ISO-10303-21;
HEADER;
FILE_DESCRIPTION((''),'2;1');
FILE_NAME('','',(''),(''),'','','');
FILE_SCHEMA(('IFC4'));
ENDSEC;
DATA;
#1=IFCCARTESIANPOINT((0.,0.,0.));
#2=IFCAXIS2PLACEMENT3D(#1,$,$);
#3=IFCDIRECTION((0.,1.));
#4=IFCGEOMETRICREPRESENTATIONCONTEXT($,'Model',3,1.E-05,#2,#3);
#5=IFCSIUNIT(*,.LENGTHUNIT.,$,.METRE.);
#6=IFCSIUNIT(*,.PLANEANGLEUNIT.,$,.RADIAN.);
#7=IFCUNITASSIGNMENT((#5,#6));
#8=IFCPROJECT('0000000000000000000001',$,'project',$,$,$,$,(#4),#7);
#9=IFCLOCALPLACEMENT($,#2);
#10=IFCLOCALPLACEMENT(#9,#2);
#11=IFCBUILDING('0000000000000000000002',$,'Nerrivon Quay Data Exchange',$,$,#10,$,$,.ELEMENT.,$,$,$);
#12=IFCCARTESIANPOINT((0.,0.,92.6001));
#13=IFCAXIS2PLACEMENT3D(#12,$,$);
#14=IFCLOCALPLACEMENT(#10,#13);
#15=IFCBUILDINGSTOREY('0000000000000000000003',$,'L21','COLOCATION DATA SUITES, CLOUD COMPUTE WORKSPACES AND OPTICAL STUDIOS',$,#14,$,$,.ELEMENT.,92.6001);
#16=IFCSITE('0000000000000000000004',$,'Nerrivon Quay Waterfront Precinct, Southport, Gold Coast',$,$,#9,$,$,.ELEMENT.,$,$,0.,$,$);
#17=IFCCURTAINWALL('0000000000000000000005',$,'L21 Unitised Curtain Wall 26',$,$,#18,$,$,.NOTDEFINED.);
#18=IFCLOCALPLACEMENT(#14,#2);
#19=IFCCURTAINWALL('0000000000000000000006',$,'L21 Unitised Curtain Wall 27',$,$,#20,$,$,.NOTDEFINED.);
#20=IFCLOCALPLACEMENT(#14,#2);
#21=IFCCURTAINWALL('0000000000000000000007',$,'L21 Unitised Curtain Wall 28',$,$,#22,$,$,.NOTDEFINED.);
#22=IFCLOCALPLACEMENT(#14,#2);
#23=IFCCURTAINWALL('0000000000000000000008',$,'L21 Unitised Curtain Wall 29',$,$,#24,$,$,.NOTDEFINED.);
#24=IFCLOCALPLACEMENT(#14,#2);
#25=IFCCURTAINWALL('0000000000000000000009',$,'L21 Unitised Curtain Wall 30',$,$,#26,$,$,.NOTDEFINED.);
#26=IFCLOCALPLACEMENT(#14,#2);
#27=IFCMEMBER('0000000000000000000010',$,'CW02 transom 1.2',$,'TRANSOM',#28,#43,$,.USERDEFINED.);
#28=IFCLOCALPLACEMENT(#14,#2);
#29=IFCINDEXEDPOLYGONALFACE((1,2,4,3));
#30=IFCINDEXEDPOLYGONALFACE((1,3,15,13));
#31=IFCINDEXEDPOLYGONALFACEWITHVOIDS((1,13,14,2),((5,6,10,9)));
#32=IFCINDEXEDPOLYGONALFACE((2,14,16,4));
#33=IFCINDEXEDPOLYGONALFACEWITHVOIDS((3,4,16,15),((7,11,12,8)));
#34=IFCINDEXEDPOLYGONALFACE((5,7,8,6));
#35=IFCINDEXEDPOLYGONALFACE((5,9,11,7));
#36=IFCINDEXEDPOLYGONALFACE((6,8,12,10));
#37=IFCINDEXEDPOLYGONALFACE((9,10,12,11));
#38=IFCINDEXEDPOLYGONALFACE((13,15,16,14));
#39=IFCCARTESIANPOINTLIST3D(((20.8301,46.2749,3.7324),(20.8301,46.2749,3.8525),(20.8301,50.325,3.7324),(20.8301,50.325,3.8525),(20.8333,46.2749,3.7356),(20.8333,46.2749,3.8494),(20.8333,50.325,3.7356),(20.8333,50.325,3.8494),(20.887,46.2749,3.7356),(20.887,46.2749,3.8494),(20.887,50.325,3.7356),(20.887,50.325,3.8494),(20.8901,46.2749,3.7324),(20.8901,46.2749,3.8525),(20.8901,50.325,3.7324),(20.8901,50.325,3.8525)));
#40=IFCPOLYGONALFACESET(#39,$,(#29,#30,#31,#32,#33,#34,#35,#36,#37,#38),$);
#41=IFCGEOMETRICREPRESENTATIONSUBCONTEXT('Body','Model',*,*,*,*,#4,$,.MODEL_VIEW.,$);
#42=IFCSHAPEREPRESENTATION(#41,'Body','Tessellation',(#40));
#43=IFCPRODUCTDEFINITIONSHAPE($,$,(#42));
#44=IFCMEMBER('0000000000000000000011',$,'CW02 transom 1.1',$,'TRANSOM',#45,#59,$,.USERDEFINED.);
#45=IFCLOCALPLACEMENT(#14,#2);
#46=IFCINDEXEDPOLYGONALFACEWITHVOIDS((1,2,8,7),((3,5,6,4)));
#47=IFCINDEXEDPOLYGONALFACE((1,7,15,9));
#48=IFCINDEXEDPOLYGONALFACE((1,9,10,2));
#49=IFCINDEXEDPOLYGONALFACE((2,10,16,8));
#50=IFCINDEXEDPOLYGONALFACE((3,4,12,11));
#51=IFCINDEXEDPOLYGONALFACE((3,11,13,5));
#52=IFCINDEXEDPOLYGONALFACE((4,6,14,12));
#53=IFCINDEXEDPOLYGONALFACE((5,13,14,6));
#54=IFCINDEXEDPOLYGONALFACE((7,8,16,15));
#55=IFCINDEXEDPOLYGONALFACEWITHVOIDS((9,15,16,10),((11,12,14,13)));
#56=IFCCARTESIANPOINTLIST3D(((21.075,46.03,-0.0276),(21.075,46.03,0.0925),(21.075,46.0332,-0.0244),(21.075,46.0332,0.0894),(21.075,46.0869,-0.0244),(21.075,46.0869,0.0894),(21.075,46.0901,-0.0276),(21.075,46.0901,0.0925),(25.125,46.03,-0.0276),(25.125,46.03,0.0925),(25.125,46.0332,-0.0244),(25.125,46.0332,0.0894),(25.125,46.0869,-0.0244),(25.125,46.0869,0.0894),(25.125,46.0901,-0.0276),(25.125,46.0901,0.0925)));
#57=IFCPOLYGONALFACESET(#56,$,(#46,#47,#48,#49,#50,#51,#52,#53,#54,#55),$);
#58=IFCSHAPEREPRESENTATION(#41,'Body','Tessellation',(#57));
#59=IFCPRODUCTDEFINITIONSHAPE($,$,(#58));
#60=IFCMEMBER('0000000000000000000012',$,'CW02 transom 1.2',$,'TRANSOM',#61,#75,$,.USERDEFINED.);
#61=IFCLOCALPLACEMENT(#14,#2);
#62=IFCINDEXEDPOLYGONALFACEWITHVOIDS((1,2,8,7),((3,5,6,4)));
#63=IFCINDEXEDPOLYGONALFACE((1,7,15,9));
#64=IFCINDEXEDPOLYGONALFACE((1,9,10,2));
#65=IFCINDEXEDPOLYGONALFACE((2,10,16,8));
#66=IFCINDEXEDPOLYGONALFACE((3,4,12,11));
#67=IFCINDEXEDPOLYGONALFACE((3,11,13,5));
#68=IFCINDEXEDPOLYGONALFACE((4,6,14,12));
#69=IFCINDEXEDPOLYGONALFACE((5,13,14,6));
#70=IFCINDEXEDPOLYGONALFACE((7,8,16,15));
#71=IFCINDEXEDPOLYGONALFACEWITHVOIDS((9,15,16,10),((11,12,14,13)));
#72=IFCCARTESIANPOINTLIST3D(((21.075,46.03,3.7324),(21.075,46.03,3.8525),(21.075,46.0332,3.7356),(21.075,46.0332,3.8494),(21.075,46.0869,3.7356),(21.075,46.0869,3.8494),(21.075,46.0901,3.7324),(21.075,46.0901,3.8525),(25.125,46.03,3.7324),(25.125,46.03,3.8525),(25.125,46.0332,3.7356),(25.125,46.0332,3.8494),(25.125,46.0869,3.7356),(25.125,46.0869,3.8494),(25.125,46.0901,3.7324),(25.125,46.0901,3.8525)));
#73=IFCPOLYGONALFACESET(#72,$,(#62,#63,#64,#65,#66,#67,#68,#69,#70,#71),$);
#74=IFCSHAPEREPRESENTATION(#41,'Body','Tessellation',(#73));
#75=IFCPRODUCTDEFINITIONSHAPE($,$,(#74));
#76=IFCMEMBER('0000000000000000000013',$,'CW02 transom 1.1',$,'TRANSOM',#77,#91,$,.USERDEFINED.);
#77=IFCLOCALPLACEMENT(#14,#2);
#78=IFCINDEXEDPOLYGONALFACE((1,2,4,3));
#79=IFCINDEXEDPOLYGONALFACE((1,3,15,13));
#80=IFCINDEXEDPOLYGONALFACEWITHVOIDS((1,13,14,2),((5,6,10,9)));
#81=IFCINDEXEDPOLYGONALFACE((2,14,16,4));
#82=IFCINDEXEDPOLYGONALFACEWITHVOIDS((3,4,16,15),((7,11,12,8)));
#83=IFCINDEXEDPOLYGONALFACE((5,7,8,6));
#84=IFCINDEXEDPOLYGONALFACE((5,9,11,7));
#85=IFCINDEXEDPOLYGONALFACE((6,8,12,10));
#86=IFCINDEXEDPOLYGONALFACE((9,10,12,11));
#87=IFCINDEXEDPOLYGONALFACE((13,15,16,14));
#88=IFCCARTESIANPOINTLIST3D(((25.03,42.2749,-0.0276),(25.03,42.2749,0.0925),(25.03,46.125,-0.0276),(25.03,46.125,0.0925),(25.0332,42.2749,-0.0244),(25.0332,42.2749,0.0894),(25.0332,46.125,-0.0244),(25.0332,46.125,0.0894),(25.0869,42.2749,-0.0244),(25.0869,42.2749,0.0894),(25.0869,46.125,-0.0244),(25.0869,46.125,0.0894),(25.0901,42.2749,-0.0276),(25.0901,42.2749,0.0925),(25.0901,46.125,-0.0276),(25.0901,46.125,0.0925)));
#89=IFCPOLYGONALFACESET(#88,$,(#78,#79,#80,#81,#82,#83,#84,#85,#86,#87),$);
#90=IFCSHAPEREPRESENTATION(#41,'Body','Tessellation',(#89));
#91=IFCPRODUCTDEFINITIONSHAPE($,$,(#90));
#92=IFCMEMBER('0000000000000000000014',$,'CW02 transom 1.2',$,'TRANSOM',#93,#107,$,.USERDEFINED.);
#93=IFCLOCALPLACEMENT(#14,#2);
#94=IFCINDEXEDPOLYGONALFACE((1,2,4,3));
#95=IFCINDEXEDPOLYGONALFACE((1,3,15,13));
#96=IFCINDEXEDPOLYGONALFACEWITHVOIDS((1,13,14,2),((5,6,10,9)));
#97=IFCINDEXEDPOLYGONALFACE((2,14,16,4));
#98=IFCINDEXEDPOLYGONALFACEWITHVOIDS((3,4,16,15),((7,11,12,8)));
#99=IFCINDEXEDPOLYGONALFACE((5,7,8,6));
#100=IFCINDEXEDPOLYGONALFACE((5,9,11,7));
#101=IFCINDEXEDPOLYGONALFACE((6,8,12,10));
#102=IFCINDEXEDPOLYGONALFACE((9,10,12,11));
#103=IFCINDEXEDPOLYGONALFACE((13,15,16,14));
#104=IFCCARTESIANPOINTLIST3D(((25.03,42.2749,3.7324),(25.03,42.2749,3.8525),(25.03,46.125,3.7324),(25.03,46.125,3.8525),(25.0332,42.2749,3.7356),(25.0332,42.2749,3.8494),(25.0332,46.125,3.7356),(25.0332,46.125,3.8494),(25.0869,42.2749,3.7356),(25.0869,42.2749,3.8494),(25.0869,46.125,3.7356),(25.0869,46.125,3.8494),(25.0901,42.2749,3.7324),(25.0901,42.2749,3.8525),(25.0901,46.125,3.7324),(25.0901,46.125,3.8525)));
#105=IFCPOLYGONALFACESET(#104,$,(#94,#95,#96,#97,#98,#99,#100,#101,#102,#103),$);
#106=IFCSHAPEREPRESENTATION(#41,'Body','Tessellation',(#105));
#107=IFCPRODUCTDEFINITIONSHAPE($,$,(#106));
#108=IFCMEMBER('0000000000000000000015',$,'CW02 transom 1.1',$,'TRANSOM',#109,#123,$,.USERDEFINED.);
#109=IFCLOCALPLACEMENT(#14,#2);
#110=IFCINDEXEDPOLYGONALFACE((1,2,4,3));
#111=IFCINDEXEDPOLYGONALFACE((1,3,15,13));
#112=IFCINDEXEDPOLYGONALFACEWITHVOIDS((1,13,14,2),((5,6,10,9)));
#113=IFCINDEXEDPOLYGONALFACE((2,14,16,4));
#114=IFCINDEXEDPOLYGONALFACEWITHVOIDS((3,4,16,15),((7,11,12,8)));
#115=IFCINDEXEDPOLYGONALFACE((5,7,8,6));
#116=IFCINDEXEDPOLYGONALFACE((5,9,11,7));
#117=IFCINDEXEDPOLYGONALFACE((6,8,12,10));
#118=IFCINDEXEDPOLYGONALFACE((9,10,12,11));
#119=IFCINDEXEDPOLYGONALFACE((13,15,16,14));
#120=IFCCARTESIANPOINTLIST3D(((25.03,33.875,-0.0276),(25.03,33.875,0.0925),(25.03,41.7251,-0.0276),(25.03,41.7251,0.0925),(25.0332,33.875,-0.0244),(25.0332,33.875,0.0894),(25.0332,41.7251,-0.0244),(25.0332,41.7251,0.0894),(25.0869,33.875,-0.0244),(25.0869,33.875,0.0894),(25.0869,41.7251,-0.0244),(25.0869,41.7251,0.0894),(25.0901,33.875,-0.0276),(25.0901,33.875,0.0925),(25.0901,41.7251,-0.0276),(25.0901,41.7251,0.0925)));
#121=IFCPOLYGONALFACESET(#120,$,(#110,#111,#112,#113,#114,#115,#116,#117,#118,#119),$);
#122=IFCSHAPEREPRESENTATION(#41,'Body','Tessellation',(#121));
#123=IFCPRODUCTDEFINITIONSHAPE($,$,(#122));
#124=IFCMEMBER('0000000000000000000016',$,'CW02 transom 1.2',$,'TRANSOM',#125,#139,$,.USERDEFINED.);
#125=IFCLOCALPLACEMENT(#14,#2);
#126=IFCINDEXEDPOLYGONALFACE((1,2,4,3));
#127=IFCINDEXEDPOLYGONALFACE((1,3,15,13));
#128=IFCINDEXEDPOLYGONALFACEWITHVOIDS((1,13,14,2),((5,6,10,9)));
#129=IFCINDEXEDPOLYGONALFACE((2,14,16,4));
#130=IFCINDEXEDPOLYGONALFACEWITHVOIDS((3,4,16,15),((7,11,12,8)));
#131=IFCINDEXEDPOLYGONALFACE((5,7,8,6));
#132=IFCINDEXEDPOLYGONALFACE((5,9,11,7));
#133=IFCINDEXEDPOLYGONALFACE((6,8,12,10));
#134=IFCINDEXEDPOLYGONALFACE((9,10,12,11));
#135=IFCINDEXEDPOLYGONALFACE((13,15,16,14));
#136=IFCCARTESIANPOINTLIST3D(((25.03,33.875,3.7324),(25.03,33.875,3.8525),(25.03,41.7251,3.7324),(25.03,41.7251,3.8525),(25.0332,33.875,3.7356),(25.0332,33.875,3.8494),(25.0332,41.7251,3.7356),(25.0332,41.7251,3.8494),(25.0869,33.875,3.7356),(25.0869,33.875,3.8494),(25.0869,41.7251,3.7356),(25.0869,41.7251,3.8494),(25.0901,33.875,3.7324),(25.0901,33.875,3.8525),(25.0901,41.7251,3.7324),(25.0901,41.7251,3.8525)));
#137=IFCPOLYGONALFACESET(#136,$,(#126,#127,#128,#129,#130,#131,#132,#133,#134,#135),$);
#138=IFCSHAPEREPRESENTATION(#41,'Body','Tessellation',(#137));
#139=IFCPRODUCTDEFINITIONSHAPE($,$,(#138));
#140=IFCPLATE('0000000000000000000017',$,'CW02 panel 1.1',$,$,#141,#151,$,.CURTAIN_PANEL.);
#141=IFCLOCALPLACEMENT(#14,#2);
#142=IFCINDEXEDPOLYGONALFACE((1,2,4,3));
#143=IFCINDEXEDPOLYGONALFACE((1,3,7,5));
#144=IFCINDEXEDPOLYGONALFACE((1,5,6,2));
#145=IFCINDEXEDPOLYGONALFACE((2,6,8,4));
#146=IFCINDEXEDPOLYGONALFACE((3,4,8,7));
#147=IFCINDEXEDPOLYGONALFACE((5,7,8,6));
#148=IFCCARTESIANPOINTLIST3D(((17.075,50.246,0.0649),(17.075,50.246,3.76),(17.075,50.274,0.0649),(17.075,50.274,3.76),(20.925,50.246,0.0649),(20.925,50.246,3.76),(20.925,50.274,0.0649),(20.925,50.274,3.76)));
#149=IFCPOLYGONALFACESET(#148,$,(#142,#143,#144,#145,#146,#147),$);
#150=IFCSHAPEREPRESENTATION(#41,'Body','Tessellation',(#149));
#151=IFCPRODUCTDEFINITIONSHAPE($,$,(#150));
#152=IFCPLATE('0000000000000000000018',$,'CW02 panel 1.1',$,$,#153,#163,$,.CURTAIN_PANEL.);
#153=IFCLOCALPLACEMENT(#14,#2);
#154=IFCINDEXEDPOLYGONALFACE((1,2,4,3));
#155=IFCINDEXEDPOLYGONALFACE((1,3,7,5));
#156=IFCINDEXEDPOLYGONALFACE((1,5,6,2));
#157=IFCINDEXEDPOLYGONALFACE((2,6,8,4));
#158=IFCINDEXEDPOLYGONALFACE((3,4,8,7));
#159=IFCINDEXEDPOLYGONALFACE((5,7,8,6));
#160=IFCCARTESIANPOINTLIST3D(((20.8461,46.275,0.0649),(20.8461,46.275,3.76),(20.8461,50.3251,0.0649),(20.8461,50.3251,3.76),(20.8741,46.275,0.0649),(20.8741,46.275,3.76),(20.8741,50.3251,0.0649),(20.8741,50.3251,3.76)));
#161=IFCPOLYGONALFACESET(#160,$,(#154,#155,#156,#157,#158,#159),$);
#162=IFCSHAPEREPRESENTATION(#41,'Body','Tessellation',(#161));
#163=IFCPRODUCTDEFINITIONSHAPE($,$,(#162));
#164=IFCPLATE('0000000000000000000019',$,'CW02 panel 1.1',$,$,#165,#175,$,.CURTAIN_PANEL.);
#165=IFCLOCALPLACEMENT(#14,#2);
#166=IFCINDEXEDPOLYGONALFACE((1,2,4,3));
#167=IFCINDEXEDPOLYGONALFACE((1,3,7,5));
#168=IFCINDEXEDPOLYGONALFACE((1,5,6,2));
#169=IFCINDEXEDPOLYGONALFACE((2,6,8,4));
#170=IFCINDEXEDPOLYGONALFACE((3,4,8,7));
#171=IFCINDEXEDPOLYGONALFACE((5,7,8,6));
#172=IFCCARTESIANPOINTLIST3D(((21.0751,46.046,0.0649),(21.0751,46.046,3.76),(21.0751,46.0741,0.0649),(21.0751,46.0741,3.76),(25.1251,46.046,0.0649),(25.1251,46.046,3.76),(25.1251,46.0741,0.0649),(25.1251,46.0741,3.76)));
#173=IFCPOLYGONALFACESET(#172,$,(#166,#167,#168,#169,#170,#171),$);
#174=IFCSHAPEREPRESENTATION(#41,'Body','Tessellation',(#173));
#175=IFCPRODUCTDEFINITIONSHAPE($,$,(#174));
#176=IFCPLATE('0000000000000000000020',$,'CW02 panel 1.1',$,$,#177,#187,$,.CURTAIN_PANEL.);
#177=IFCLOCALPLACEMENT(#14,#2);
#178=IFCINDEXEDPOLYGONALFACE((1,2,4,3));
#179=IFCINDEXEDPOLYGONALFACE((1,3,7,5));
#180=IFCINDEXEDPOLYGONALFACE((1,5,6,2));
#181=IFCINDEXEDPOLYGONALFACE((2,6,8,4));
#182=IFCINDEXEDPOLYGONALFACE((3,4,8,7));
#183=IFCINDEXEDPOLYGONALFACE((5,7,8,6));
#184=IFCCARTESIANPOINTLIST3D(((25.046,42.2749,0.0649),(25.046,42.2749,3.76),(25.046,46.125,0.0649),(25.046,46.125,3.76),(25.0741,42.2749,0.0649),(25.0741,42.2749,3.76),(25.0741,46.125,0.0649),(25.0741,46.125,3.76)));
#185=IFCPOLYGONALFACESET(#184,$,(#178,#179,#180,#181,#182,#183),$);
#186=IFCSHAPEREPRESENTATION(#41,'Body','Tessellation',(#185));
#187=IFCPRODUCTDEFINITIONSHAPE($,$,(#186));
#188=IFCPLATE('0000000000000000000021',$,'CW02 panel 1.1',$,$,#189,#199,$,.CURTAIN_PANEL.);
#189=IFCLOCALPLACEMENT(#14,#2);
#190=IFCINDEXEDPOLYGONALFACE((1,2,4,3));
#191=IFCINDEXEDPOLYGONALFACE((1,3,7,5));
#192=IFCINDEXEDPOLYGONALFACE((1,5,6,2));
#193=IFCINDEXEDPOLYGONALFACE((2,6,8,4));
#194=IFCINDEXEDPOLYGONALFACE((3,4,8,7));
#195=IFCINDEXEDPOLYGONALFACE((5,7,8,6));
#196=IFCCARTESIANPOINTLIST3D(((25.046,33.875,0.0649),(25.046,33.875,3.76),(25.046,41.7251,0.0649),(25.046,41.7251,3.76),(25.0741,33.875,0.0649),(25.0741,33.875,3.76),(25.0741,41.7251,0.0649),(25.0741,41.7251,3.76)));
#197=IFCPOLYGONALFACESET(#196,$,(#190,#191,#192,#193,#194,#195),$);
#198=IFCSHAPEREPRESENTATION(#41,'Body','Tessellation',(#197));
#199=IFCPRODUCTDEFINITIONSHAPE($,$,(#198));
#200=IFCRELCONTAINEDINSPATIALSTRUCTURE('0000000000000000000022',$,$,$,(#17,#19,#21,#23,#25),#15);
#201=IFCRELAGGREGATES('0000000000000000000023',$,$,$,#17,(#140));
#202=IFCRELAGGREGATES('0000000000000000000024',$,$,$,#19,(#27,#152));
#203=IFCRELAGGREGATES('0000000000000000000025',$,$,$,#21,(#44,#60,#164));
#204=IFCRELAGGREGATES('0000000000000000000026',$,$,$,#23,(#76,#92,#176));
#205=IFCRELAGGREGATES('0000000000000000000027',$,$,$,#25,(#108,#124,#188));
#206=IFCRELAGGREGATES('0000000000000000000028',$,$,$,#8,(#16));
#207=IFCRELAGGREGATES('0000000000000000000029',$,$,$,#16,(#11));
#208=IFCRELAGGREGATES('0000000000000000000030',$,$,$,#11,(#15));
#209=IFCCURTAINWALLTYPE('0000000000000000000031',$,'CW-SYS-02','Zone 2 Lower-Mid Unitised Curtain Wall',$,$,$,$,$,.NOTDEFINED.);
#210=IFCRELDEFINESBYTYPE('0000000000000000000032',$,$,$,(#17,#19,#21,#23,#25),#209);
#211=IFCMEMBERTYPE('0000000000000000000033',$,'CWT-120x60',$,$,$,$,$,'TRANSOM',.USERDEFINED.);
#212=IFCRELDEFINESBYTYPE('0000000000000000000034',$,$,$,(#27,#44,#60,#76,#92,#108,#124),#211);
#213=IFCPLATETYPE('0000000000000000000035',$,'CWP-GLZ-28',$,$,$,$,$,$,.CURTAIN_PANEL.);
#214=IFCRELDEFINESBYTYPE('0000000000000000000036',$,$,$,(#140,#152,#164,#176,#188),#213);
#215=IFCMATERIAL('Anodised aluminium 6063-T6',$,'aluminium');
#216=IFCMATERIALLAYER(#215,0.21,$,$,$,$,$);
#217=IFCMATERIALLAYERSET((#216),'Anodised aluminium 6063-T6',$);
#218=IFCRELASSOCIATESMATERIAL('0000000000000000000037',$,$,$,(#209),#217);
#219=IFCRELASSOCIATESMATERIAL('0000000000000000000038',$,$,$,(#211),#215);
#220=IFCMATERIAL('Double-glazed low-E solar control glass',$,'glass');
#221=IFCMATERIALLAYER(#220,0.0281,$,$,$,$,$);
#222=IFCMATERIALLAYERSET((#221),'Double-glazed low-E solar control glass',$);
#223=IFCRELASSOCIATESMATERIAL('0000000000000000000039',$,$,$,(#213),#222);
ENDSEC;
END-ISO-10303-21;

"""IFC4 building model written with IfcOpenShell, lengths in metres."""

from ifc_helpers import new_model, si_unit, direction, frame, origin, origin_2d, place, context, subcontext, project, spatial, rectangle, hollow_rectangle, extrude, material, layer, layer_set, material_profile, profile_set, type_object, element, aggregate, save


model = new_model("IFC4")

# Units and contexts
model_context = context("Model", 3, precision=1e-05, world=origin(), true_north=direction((0.0, 1.0)))
body_context = subcontext(model_context, "Body", "Model", "MODEL_VIEW")
ifc_project = project(units=[si_unit("LENGTHUNIT", "METRE"), si_unit("PLANEANGLEUNIT", "RADIAN")], contexts=[model_context])

# Site, building, storey
site_placement = place(None, origin())
site = spatial("IfcSite", under=ifc_project, at=site_placement, Name="Nerrivon Quay Waterfront Precinct, Southport, Gold Coast", CompositionType="ELEMENT", RefElevation=0.0)
building_placement = place(site_placement, origin())
building = spatial("IfcBuilding", under=site, at=building_placement, Name="Nerrivon Quay Data Exchange", CompositionType="ELEMENT")
storey_placement = place(building_placement, frame((0.0, 0.0, 92.6001)))
storey = spatial("IfcBuildingStorey", under=building, at=storey_placement, Name="L21", Description="COLOCATION DATA SUITES, CLOUD COMPUTE WORKSPACES AND OPTICAL STUDIOS", CompositionType="ELEMENT", Elevation=92.6001)

# Curtain wall
ifc_material_1 = material(Name="Anodised aluminium 6063-T6", Category="aluminium")
ifc_layer_1 = layer(ifc_material_1, 0.21)
ifc_layer_set_1 = layer_set([ifc_layer_1], Name="Anodised aluminium 6063-T6")
curtain_wall_type = type_object("IfcCurtainWallType", Name="CW-SYS-02", Description="Zone 2 Lower-Mid Unitised Curtain Wall", PredefinedType="NOTDEFINED", material=ifc_layer_set_1)
curtain_wall_1_placement = place(storey_placement, origin())
curtain_wall_1 = element("IfcCurtainWall", 1, at=curtain_wall_1_placement, inside=storey, type_object=curtain_wall_type, Name="L21 Unitised Curtain Wall 26", PredefinedType="NOTDEFINED")

# Curtain walls
curtain_wall_2_placement = place(storey_placement, origin())
curtain_wall_2 = element("IfcCurtainWall", 2, at=curtain_wall_2_placement, inside=storey, type_object=curtain_wall_type, Name="L21 Unitised Curtain Wall 27", PredefinedType="NOTDEFINED")
curtain_wall_3_placement = place(storey_placement, origin())
curtain_wall_3 = element("IfcCurtainWall", 3, at=curtain_wall_3_placement, inside=storey, type_object=curtain_wall_type, Name="L21 Unitised Curtain Wall 28", PredefinedType="NOTDEFINED")
curtain_wall_4_placement = place(storey_placement, origin())
curtain_wall_4 = element("IfcCurtainWall", 4, at=curtain_wall_4_placement, inside=storey, type_object=curtain_wall_type, Name="L21 Unitised Curtain Wall 29", PredefinedType="NOTDEFINED")

# Curtain wall
curtain_wall_5_placement = place(storey_placement, origin())
curtain_wall_5 = element("IfcCurtainWall", 5, at=curtain_wall_5_placement, inside=storey, type_object=curtain_wall_type, Name="L21 Unitised Curtain Wall 30", PredefinedType="NOTDEFINED")

# Members
ifc_material_profile_1 = material_profile(ifc_material_1, hollow_rectangle(XDim=0.0601, YDim=0.1201, WallThickness=0.0032, at=origin_2d()), Name="ALU-TRAN-120x60")
ifc_profile_set_1 = profile_set([ifc_material_profile_1], Name="Anodised aluminium 6063-T6")
member_type_1 = type_object("IfcMemberType", Name="CWT-120x60", ElementType="TRANSOM", PredefinedType="USERDEFINED", material=ifc_profile_set_1)
member_1_placement = place(storey_placement, frame((20.8601, 50.325, 3.7925), z_axis=(0.0, -1.0, 0.0), x_axis=(1.0, 0.0, 0.0)))
member_1 = element("IfcMember", 6, at=member_1_placement, type_object=member_type_1, Name="CW02 transom 1.2", ObjectType="TRANSOM", PredefinedType="USERDEFINED", context=body_context, shape_type="SweptSolid", body=[
    extrude(hollow_rectangle(XDim=0.0601, YDim=0.1201, WallThickness=0.0032, at=origin_2d()), origin(), (0.0, 0.0, 1.0), 4.05),
])
member_2_placement = place(storey_placement, frame((21.075, 46.0601, 0.0325), z_axis=(1.0, 0.0, 0.0), x_axis=(0.0, 1.0, 0.0)))
member_2 = element("IfcMember", 7, at=member_2_placement, type_object=member_type_1, Name="CW02 transom 1.1", ObjectType="TRANSOM", PredefinedType="USERDEFINED", context=body_context, shape_type="SweptSolid", body=[
    extrude(hollow_rectangle(XDim=0.0601, YDim=0.1201, WallThickness=0.0032, at=origin_2d()), origin(), (0.0, 0.0, 1.0), 4.05),
])
member_3_placement = place(storey_placement, frame((21.075, 46.0601, 3.7925), z_axis=(1.0, 0.0, 0.0), x_axis=(0.0, 1.0, 0.0)))
member_3 = element("IfcMember", 8, at=member_3_placement, type_object=member_type_1, Name="CW02 transom 1.2", ObjectType="TRANSOM", PredefinedType="USERDEFINED", context=body_context, shape_type="SweptSolid", body=[
    extrude(hollow_rectangle(XDim=0.0601, YDim=0.1201, WallThickness=0.0032, at=origin_2d()), origin(), (0.0, 0.0, 1.0), 4.05),
])
member_4_placement = place(storey_placement, frame((25.0601, 46.125, 0.0325), z_axis=(0.0, -1.0, 0.0), x_axis=(1.0, 0.0, 0.0)))
member_4 = element("IfcMember", 9, at=member_4_placement, type_object=member_type_1, Name="CW02 transom 1.1", ObjectType="TRANSOM", PredefinedType="USERDEFINED", context=body_context, shape_type="SweptSolid", body=[
    extrude(hollow_rectangle(XDim=0.0601, YDim=0.1201, WallThickness=0.0032, at=origin_2d()), origin(), (0.0, 0.0, 1.0), 3.8501),
])
member_5_placement = place(storey_placement, frame((25.0601, 46.125, 3.7925), z_axis=(0.0, -1.0, 0.0), x_axis=(1.0, 0.0, 0.0)))
member_5 = element("IfcMember", 10, at=member_5_placement, type_object=member_type_1, Name="CW02 transom 1.2", ObjectType="TRANSOM", PredefinedType="USERDEFINED", context=body_context, shape_type="SweptSolid", body=[
    extrude(hollow_rectangle(XDim=0.0601, YDim=0.1201, WallThickness=0.0032, at=origin_2d()), origin(), (0.0, 0.0, 1.0), 3.8501),
])
member_6_placement = place(storey_placement, frame((25.0601, 41.7251, 0.0325), z_axis=(0.0, -1.0, 0.0), x_axis=(1.0, 0.0, 0.0)))
member_6 = element("IfcMember", 11, at=member_6_placement, type_object=member_type_1, Name="CW02 transom 1.1", ObjectType="TRANSOM", PredefinedType="USERDEFINED", context=body_context, shape_type="SweptSolid", body=[
    extrude(hollow_rectangle(XDim=0.0601, YDim=0.1201, WallThickness=0.0032, at=origin_2d()), origin(), (0.0, 0.0, 1.0), 7.8501),
])
member_7_placement = place(storey_placement, frame((25.0601, 41.7251, 3.7925), z_axis=(0.0, -1.0, 0.0), x_axis=(1.0, 0.0, 0.0)))
member_7 = element("IfcMember", 12, at=member_7_placement, type_object=member_type_1, Name="CW02 transom 1.2", ObjectType="TRANSOM", PredefinedType="USERDEFINED", context=body_context, shape_type="SweptSolid", body=[
    extrude(hollow_rectangle(XDim=0.0601, YDim=0.1201, WallThickness=0.0032, at=origin_2d()), origin(), (0.0, 0.0, 1.0), 7.8501),
])

# Plates
ifc_material_2 = material(Name="Double-glazed low-E solar control glass", Category="glass")
ifc_layer_2 = layer(ifc_material_2, 0.0281)
ifc_layer_set_2 = layer_set([ifc_layer_2], Name="Double-glazed low-E solar control glass")
plate_type = type_object("IfcPlateType", Name="CWP-GLZ-28", PredefinedType="CURTAIN_PANEL", material=ifc_layer_set_2)
plate_1_placement = place(storey_placement, frame((19.0, 50.26, 0.0649), z_axis=(0.0, 0.0, 1.0), x_axis=(1.0, 0.0, 0.0)))
plate_1 = element("IfcPlate", 13, at=plate_1_placement, type_object=plate_type, Name="CW02 panel 1.1", PredefinedType="CURTAIN_PANEL", context=body_context, shape_type="SweptSolid", body=[
    extrude(rectangle(XDim=3.8501, YDim=0.0281, at=origin_2d()), origin(), (0.0, 0.0, 1.0), 3.6951),
])
aggregate(curtain_wall_1, [plate_1])
plate_2_placement = place(storey_placement, frame((20.8601, 48.3, 0.0649), z_axis=(0.0, 0.0, 1.0), x_axis=(0.0, -1.0, 0.0)))
plate_2 = element("IfcPlate", 14, at=plate_2_placement, type_object=plate_type, Name="CW02 panel 1.1", PredefinedType="CURTAIN_PANEL", context=body_context, shape_type="SweptSolid", body=[
    extrude(rectangle(XDim=4.05, YDim=0.0281, at=origin_2d()), origin(), (0.0, 0.0, 1.0), 3.6951),
])
aggregate(curtain_wall_2, [member_1, plate_2])
plate_3_placement = place(storey_placement, frame((23.1001, 46.0601, 0.0649), z_axis=(0.0, 0.0, 1.0), x_axis=(1.0, 0.0, 0.0)))
plate_3 = element("IfcPlate", 15, at=plate_3_placement, type_object=plate_type, Name="CW02 panel 1.1", PredefinedType="CURTAIN_PANEL", context=body_context, shape_type="SweptSolid", body=[
    extrude(rectangle(XDim=4.05, YDim=0.0281, at=origin_2d()), origin(), (0.0, 0.0, 1.0), 3.6951),
])
aggregate(curtain_wall_3, [member_2, member_3, plate_3])
plate_4_placement = place(storey_placement, frame((25.0601, 44.2, 0.0649), z_axis=(0.0, 0.0, 1.0), x_axis=(0.0, -1.0, 0.0)))
plate_4 = element("IfcPlate", 16, at=plate_4_placement, type_object=plate_type, Name="CW02 panel 1.1", PredefinedType="CURTAIN_PANEL", context=body_context, shape_type="SweptSolid", body=[
    extrude(rectangle(XDim=3.8501, YDim=0.0281, at=origin_2d()), origin(), (0.0, 0.0, 1.0), 3.6951),
])
aggregate(curtain_wall_4, [member_4, member_5, plate_4])
plate_5_placement = place(storey_placement, frame((25.0601, 37.8, 0.0649), z_axis=(0.0, 0.0, 1.0), x_axis=(0.0, -1.0, 0.0)))
plate_5 = element("IfcPlate", 17, at=plate_5_placement, type_object=plate_type, Name="CW02 panel 1.1", PredefinedType="CURTAIN_PANEL", context=body_context, shape_type="SweptSolid", body=[
    extrude(rectangle(XDim=7.8501, YDim=0.0281, at=origin_2d()), origin(), (0.0, 0.0, 1.0), 3.6951),
])
aggregate(curtain_wall_5, [member_6, member_7, plate_5])

save(model, "model.ifc")
